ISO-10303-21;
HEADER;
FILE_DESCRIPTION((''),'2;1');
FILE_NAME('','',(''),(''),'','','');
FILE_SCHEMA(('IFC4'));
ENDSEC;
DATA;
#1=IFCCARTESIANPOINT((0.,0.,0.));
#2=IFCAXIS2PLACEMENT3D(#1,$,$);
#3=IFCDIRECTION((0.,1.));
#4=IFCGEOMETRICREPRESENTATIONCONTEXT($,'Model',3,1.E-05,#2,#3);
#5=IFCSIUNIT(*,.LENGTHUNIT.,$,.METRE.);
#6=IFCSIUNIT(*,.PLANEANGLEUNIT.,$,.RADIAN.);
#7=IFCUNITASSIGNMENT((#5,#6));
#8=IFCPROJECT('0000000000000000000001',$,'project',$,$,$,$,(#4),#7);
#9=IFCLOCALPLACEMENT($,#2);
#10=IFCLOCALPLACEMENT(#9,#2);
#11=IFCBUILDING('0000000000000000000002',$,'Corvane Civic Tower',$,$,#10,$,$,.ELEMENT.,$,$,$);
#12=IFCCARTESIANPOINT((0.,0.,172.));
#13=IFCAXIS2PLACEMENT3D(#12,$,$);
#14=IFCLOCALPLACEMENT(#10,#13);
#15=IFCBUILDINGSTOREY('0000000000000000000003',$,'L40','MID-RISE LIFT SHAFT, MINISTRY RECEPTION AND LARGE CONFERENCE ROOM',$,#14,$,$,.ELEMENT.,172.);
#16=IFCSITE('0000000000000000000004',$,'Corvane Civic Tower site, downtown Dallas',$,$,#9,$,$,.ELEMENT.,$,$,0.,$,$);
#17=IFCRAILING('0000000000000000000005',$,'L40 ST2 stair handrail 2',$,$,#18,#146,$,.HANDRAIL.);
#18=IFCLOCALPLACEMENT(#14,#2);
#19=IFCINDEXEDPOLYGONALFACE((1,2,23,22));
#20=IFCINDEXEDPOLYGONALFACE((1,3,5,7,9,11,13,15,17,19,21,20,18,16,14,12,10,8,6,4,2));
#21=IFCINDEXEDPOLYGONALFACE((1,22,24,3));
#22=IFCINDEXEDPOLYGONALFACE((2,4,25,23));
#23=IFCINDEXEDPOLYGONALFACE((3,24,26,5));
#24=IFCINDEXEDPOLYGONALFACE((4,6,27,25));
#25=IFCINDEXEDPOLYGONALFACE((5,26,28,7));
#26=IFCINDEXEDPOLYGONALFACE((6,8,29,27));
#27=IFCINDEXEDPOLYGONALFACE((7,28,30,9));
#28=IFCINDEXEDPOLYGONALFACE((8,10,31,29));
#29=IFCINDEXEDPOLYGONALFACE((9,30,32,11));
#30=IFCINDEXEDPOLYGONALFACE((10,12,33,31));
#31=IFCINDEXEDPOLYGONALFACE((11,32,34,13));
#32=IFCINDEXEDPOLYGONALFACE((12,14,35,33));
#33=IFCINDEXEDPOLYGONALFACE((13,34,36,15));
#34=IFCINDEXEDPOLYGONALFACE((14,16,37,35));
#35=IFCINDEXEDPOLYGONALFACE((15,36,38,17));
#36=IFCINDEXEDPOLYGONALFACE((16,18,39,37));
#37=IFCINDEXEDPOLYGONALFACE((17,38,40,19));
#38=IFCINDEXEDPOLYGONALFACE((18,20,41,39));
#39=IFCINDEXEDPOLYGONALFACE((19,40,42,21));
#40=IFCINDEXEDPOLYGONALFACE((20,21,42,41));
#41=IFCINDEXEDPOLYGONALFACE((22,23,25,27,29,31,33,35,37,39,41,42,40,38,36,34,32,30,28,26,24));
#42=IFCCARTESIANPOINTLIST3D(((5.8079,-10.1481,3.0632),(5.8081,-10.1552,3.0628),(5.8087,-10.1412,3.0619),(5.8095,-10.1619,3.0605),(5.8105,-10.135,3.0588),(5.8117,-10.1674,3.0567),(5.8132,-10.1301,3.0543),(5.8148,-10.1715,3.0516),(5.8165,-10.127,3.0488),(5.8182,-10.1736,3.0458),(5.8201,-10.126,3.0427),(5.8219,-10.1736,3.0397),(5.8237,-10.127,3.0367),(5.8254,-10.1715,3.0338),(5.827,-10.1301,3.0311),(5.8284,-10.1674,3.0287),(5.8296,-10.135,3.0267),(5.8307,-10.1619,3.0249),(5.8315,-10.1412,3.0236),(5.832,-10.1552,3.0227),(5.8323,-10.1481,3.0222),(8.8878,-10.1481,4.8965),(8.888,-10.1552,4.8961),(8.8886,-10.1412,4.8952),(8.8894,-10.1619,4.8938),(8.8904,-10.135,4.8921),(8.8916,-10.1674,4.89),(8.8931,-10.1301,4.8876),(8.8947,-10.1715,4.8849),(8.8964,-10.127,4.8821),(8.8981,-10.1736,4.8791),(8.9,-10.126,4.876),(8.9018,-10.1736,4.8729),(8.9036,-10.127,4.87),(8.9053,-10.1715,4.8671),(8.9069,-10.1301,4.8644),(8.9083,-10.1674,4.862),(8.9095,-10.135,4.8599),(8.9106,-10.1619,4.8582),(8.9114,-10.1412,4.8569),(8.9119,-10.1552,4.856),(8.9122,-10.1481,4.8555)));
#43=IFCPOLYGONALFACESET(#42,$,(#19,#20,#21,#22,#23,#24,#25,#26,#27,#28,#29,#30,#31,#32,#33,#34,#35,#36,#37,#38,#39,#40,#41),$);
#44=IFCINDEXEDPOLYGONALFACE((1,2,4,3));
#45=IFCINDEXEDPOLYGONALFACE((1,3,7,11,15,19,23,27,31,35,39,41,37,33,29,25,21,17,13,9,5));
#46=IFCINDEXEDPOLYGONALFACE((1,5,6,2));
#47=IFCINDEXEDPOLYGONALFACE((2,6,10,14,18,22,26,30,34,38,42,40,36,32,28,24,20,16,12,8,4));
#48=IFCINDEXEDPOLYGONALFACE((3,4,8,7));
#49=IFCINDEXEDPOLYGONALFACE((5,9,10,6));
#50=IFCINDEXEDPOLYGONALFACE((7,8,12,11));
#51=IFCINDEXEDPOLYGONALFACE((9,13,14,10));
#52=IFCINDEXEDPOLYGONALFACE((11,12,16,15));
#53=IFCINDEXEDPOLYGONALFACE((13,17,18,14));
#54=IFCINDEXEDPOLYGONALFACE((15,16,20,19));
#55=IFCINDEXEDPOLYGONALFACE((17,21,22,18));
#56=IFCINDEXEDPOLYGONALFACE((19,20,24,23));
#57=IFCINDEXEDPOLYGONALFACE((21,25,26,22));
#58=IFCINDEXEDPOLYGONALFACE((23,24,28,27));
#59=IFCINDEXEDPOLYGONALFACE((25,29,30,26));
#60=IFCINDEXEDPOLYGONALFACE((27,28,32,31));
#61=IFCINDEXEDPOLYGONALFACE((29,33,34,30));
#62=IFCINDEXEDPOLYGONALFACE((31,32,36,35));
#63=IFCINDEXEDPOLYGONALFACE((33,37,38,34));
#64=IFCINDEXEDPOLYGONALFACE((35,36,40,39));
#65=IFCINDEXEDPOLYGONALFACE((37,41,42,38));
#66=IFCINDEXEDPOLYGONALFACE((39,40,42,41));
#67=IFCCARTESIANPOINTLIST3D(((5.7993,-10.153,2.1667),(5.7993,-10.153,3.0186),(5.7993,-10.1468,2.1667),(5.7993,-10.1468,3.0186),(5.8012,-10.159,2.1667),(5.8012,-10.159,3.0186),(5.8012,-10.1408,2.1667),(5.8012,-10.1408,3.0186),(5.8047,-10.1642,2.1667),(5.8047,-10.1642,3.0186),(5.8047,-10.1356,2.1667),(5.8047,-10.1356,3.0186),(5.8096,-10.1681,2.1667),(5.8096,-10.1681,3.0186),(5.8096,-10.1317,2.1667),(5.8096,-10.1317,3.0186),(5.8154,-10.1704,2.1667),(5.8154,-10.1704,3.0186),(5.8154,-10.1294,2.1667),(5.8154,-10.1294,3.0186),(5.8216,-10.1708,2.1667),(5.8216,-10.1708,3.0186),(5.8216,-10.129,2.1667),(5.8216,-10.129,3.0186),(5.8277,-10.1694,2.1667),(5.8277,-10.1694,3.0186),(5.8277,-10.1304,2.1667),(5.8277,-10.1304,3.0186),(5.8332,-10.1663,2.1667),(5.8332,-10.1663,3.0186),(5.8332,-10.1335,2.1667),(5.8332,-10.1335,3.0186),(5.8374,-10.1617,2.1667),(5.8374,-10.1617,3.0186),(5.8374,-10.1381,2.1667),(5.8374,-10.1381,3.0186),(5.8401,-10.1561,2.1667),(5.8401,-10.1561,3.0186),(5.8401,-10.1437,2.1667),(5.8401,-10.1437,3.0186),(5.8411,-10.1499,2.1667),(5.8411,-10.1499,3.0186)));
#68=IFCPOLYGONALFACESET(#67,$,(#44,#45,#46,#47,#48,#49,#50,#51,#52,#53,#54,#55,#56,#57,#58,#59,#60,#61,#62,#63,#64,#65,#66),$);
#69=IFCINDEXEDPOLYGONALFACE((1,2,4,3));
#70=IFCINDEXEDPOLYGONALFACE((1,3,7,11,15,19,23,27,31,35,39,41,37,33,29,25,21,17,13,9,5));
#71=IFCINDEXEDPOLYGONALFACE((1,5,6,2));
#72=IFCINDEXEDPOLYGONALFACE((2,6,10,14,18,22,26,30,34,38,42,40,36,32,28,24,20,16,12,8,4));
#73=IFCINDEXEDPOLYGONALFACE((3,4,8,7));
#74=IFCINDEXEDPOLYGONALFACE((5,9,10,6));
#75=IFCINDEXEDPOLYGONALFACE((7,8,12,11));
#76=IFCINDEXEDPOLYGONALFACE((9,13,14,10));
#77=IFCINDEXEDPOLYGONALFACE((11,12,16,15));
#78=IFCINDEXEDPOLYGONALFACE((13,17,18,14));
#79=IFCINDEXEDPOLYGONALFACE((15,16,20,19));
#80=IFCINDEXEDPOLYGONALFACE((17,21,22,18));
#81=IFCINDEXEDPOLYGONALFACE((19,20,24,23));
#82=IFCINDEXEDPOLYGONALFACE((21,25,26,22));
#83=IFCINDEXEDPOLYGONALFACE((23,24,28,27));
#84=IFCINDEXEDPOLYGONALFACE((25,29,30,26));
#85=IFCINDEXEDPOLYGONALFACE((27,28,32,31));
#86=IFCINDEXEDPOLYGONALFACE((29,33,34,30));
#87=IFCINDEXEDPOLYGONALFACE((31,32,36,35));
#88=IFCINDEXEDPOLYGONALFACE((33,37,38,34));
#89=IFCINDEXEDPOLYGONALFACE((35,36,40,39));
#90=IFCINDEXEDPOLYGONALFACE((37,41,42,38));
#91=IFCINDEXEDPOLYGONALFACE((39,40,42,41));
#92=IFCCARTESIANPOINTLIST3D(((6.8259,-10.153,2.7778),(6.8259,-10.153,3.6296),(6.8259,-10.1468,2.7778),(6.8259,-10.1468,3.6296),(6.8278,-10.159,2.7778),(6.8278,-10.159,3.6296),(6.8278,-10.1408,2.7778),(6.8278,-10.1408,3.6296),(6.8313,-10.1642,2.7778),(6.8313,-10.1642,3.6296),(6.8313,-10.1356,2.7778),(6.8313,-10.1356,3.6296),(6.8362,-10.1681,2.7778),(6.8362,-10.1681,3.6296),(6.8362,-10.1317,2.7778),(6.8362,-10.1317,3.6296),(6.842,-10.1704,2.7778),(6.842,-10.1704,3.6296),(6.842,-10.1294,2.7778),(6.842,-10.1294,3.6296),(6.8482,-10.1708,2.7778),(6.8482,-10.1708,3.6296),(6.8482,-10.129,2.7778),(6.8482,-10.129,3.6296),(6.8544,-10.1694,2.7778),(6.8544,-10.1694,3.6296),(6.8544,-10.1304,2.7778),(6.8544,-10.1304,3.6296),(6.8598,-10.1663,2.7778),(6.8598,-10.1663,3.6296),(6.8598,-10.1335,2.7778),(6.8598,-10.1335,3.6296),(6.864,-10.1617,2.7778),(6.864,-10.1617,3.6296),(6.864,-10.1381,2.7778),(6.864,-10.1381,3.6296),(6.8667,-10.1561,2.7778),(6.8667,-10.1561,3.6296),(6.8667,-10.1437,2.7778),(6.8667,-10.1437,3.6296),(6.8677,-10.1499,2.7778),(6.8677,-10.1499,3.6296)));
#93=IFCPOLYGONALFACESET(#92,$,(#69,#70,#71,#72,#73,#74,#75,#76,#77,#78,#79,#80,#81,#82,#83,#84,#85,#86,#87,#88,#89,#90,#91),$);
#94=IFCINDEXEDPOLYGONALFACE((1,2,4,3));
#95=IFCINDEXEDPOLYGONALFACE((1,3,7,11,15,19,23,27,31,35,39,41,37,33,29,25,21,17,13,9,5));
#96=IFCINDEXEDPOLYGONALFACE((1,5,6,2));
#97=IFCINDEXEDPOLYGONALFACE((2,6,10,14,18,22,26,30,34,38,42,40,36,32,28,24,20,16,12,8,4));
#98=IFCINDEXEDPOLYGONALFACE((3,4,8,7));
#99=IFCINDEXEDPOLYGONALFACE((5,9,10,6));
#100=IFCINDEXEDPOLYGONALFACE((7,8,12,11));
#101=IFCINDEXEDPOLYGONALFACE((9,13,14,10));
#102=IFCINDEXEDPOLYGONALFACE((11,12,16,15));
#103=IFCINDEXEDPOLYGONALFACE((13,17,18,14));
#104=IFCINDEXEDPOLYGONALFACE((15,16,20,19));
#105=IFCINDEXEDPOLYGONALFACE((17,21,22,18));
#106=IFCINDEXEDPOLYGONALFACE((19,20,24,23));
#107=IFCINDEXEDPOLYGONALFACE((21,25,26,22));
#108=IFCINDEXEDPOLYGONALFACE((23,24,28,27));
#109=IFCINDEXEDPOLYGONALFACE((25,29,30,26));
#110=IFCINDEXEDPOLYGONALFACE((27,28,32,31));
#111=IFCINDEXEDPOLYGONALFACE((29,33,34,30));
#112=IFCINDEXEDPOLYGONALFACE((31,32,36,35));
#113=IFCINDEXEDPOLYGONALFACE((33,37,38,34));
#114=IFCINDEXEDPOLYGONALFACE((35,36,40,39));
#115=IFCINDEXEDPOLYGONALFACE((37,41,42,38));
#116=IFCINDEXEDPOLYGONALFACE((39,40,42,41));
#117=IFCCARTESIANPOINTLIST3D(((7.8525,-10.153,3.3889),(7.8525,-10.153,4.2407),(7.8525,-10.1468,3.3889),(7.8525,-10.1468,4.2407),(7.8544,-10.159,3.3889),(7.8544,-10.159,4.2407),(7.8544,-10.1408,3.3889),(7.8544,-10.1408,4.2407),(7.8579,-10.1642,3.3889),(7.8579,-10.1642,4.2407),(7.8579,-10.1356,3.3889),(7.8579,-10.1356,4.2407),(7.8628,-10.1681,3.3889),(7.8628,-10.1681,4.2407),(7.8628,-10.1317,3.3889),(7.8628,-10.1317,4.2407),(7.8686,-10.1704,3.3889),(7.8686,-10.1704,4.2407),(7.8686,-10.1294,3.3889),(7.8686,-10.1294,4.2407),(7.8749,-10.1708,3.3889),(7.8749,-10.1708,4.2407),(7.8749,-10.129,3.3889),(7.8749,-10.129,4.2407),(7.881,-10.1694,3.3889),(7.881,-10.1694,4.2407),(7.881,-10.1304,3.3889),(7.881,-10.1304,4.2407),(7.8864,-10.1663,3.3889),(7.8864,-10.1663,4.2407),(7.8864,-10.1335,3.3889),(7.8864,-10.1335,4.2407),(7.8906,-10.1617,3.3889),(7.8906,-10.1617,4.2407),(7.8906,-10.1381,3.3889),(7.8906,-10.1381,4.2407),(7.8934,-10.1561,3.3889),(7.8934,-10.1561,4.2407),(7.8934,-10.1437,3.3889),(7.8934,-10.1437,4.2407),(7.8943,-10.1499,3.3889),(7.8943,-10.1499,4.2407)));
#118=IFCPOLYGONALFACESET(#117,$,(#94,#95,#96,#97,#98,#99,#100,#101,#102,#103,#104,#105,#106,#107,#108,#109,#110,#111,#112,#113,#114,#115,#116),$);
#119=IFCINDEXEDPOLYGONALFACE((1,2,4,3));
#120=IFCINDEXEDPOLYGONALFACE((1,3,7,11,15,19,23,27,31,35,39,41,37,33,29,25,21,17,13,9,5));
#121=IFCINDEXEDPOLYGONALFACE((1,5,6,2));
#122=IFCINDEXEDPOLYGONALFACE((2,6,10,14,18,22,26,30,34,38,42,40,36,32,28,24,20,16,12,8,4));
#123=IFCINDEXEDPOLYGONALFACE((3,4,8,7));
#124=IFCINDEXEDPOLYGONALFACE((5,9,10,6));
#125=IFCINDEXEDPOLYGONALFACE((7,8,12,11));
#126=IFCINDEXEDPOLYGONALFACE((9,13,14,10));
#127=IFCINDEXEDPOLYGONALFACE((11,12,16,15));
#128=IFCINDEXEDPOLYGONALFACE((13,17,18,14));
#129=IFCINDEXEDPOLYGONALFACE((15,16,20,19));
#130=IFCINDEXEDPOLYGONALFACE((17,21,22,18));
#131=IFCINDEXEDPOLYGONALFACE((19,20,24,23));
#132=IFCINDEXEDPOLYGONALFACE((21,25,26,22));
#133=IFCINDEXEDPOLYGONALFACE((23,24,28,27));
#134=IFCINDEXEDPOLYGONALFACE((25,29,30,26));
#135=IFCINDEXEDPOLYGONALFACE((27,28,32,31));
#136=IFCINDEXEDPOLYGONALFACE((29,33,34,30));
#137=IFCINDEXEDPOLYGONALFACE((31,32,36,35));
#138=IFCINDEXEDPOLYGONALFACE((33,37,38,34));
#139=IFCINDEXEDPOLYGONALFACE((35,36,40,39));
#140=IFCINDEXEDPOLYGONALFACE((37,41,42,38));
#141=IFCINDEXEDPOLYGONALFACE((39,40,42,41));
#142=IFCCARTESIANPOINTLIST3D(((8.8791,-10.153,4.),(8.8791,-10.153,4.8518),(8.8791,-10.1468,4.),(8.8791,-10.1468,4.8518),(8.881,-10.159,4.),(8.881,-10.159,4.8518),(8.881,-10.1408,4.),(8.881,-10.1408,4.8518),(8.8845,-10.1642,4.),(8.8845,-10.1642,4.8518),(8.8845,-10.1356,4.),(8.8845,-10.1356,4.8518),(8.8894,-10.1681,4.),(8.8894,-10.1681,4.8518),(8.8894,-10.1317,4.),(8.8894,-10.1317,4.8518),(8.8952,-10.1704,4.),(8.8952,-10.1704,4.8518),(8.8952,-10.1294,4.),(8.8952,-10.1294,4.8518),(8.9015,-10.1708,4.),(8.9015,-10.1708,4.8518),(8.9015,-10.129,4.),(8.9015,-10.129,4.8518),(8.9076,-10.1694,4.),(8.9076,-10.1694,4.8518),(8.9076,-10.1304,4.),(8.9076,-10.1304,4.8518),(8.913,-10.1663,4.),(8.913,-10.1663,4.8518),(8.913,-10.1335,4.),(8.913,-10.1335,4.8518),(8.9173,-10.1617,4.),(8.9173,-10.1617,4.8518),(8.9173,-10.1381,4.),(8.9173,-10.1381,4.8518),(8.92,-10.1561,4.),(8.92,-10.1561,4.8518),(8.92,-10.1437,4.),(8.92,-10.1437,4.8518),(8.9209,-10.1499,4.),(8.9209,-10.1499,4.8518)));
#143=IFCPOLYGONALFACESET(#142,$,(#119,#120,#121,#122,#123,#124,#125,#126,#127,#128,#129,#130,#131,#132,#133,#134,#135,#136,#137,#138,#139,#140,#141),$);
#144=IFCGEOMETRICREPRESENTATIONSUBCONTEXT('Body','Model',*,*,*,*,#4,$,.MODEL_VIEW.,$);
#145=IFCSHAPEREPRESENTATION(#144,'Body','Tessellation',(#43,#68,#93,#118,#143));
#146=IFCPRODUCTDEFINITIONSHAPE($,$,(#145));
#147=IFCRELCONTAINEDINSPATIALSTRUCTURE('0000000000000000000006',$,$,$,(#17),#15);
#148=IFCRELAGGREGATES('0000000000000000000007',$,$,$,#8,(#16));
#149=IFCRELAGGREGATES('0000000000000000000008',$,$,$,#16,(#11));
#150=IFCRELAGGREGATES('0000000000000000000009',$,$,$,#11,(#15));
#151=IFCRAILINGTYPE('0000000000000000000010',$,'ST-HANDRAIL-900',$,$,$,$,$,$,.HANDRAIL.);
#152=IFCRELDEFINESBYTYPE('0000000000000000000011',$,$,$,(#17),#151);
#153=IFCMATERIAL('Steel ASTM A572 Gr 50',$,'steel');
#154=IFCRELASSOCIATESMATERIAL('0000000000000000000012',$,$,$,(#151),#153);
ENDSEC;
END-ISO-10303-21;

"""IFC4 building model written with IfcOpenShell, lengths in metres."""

from ifc_helpers import new_model, si_unit, direction, frame, origin, origin_2d, place, context, subcontext, project, spatial, circle, extrude, material, type_object, element, save


model = new_model("IFC4")

# Units and contexts
model_context = context("Model", 3, precision=1e-05, world=origin(), true_north=direction((0.0, 1.0)))
body_context = subcontext(model_context, "Body", "Model", "MODEL_VIEW")
ifc_project = project(units=[si_unit("LENGTHUNIT", "METRE"), si_unit("PLANEANGLEUNIT", "RADIAN")], contexts=[model_context])

# Site, building, storey
site_placement = place(None, origin())
site = spatial("IfcSite", under=ifc_project, at=site_placement, Name="Corvane Civic Tower site, downtown Dallas", CompositionType="ELEMENT", RefElevation=0.0)
building_placement = place(site_placement, origin())
building = spatial("IfcBuilding", under=site, at=building_placement, Name="Corvane Civic Tower", CompositionType="ELEMENT")
storey_placement = place(building_placement, frame((0.0, 0.0, 172.0)))
storey = spatial("IfcBuildingStorey", under=building, at=storey_placement, Name="L40", Description="MID-RISE LIFT SHAFT, MINISTRY RECEPTION AND LARGE CONFERENCE ROOM", CompositionType="ELEMENT", Elevation=172.0)

# Railing
ifc_material_1 = material(Name="Steel ASTM A572 Gr 50", Category="steel")
railing_type_1 = type_object("IfcRailingType", Name="ST-HANDRAIL-900", PredefinedType="HANDRAIL", material=ifc_material_1)
railing_1_placement = place(storey_placement, frame((5.8201, -10.1499, 2.1667)))
element("IfcRailing", 1, at=railing_1_placement, inside=storey, type_object=railing_type_1, Name="L40 ST2 stair handrail 2", PredefinedType="HANDRAIL", context=body_context, shape_type="SweptSolid", body=[
    extrude(circle(Radius=0.0239, at=origin_2d()), frame((0.0, 0.0, 0.876), z_axis=(0.859291, 0.0, 0.511487), x_axis=(0.0, 1.0, 0.0)), (0.0, 0.0, 1.0), 3.5842),
    extrude(circle(Radius=0.021, at=origin_2d()), origin(), (0.0, 0.0, 1.0), 0.8518),
    extrude(circle(Radius=0.021, at=origin_2d()), frame((1.0266, 0.0, 0.6111)), (0.0, 0.0, 1.0), 0.8518),
    extrude(circle(Radius=0.021, at=origin_2d()), frame((2.0532, 0.0, 1.2222)), (0.0, 0.0, 1.0), 0.8518),
    extrude(circle(Radius=0.021, at=origin_2d()), frame((3.0798, 0.0, 1.8333)), (0.0, 0.0, 1.0), 0.8518),
])

save(model, "model.ifc")
